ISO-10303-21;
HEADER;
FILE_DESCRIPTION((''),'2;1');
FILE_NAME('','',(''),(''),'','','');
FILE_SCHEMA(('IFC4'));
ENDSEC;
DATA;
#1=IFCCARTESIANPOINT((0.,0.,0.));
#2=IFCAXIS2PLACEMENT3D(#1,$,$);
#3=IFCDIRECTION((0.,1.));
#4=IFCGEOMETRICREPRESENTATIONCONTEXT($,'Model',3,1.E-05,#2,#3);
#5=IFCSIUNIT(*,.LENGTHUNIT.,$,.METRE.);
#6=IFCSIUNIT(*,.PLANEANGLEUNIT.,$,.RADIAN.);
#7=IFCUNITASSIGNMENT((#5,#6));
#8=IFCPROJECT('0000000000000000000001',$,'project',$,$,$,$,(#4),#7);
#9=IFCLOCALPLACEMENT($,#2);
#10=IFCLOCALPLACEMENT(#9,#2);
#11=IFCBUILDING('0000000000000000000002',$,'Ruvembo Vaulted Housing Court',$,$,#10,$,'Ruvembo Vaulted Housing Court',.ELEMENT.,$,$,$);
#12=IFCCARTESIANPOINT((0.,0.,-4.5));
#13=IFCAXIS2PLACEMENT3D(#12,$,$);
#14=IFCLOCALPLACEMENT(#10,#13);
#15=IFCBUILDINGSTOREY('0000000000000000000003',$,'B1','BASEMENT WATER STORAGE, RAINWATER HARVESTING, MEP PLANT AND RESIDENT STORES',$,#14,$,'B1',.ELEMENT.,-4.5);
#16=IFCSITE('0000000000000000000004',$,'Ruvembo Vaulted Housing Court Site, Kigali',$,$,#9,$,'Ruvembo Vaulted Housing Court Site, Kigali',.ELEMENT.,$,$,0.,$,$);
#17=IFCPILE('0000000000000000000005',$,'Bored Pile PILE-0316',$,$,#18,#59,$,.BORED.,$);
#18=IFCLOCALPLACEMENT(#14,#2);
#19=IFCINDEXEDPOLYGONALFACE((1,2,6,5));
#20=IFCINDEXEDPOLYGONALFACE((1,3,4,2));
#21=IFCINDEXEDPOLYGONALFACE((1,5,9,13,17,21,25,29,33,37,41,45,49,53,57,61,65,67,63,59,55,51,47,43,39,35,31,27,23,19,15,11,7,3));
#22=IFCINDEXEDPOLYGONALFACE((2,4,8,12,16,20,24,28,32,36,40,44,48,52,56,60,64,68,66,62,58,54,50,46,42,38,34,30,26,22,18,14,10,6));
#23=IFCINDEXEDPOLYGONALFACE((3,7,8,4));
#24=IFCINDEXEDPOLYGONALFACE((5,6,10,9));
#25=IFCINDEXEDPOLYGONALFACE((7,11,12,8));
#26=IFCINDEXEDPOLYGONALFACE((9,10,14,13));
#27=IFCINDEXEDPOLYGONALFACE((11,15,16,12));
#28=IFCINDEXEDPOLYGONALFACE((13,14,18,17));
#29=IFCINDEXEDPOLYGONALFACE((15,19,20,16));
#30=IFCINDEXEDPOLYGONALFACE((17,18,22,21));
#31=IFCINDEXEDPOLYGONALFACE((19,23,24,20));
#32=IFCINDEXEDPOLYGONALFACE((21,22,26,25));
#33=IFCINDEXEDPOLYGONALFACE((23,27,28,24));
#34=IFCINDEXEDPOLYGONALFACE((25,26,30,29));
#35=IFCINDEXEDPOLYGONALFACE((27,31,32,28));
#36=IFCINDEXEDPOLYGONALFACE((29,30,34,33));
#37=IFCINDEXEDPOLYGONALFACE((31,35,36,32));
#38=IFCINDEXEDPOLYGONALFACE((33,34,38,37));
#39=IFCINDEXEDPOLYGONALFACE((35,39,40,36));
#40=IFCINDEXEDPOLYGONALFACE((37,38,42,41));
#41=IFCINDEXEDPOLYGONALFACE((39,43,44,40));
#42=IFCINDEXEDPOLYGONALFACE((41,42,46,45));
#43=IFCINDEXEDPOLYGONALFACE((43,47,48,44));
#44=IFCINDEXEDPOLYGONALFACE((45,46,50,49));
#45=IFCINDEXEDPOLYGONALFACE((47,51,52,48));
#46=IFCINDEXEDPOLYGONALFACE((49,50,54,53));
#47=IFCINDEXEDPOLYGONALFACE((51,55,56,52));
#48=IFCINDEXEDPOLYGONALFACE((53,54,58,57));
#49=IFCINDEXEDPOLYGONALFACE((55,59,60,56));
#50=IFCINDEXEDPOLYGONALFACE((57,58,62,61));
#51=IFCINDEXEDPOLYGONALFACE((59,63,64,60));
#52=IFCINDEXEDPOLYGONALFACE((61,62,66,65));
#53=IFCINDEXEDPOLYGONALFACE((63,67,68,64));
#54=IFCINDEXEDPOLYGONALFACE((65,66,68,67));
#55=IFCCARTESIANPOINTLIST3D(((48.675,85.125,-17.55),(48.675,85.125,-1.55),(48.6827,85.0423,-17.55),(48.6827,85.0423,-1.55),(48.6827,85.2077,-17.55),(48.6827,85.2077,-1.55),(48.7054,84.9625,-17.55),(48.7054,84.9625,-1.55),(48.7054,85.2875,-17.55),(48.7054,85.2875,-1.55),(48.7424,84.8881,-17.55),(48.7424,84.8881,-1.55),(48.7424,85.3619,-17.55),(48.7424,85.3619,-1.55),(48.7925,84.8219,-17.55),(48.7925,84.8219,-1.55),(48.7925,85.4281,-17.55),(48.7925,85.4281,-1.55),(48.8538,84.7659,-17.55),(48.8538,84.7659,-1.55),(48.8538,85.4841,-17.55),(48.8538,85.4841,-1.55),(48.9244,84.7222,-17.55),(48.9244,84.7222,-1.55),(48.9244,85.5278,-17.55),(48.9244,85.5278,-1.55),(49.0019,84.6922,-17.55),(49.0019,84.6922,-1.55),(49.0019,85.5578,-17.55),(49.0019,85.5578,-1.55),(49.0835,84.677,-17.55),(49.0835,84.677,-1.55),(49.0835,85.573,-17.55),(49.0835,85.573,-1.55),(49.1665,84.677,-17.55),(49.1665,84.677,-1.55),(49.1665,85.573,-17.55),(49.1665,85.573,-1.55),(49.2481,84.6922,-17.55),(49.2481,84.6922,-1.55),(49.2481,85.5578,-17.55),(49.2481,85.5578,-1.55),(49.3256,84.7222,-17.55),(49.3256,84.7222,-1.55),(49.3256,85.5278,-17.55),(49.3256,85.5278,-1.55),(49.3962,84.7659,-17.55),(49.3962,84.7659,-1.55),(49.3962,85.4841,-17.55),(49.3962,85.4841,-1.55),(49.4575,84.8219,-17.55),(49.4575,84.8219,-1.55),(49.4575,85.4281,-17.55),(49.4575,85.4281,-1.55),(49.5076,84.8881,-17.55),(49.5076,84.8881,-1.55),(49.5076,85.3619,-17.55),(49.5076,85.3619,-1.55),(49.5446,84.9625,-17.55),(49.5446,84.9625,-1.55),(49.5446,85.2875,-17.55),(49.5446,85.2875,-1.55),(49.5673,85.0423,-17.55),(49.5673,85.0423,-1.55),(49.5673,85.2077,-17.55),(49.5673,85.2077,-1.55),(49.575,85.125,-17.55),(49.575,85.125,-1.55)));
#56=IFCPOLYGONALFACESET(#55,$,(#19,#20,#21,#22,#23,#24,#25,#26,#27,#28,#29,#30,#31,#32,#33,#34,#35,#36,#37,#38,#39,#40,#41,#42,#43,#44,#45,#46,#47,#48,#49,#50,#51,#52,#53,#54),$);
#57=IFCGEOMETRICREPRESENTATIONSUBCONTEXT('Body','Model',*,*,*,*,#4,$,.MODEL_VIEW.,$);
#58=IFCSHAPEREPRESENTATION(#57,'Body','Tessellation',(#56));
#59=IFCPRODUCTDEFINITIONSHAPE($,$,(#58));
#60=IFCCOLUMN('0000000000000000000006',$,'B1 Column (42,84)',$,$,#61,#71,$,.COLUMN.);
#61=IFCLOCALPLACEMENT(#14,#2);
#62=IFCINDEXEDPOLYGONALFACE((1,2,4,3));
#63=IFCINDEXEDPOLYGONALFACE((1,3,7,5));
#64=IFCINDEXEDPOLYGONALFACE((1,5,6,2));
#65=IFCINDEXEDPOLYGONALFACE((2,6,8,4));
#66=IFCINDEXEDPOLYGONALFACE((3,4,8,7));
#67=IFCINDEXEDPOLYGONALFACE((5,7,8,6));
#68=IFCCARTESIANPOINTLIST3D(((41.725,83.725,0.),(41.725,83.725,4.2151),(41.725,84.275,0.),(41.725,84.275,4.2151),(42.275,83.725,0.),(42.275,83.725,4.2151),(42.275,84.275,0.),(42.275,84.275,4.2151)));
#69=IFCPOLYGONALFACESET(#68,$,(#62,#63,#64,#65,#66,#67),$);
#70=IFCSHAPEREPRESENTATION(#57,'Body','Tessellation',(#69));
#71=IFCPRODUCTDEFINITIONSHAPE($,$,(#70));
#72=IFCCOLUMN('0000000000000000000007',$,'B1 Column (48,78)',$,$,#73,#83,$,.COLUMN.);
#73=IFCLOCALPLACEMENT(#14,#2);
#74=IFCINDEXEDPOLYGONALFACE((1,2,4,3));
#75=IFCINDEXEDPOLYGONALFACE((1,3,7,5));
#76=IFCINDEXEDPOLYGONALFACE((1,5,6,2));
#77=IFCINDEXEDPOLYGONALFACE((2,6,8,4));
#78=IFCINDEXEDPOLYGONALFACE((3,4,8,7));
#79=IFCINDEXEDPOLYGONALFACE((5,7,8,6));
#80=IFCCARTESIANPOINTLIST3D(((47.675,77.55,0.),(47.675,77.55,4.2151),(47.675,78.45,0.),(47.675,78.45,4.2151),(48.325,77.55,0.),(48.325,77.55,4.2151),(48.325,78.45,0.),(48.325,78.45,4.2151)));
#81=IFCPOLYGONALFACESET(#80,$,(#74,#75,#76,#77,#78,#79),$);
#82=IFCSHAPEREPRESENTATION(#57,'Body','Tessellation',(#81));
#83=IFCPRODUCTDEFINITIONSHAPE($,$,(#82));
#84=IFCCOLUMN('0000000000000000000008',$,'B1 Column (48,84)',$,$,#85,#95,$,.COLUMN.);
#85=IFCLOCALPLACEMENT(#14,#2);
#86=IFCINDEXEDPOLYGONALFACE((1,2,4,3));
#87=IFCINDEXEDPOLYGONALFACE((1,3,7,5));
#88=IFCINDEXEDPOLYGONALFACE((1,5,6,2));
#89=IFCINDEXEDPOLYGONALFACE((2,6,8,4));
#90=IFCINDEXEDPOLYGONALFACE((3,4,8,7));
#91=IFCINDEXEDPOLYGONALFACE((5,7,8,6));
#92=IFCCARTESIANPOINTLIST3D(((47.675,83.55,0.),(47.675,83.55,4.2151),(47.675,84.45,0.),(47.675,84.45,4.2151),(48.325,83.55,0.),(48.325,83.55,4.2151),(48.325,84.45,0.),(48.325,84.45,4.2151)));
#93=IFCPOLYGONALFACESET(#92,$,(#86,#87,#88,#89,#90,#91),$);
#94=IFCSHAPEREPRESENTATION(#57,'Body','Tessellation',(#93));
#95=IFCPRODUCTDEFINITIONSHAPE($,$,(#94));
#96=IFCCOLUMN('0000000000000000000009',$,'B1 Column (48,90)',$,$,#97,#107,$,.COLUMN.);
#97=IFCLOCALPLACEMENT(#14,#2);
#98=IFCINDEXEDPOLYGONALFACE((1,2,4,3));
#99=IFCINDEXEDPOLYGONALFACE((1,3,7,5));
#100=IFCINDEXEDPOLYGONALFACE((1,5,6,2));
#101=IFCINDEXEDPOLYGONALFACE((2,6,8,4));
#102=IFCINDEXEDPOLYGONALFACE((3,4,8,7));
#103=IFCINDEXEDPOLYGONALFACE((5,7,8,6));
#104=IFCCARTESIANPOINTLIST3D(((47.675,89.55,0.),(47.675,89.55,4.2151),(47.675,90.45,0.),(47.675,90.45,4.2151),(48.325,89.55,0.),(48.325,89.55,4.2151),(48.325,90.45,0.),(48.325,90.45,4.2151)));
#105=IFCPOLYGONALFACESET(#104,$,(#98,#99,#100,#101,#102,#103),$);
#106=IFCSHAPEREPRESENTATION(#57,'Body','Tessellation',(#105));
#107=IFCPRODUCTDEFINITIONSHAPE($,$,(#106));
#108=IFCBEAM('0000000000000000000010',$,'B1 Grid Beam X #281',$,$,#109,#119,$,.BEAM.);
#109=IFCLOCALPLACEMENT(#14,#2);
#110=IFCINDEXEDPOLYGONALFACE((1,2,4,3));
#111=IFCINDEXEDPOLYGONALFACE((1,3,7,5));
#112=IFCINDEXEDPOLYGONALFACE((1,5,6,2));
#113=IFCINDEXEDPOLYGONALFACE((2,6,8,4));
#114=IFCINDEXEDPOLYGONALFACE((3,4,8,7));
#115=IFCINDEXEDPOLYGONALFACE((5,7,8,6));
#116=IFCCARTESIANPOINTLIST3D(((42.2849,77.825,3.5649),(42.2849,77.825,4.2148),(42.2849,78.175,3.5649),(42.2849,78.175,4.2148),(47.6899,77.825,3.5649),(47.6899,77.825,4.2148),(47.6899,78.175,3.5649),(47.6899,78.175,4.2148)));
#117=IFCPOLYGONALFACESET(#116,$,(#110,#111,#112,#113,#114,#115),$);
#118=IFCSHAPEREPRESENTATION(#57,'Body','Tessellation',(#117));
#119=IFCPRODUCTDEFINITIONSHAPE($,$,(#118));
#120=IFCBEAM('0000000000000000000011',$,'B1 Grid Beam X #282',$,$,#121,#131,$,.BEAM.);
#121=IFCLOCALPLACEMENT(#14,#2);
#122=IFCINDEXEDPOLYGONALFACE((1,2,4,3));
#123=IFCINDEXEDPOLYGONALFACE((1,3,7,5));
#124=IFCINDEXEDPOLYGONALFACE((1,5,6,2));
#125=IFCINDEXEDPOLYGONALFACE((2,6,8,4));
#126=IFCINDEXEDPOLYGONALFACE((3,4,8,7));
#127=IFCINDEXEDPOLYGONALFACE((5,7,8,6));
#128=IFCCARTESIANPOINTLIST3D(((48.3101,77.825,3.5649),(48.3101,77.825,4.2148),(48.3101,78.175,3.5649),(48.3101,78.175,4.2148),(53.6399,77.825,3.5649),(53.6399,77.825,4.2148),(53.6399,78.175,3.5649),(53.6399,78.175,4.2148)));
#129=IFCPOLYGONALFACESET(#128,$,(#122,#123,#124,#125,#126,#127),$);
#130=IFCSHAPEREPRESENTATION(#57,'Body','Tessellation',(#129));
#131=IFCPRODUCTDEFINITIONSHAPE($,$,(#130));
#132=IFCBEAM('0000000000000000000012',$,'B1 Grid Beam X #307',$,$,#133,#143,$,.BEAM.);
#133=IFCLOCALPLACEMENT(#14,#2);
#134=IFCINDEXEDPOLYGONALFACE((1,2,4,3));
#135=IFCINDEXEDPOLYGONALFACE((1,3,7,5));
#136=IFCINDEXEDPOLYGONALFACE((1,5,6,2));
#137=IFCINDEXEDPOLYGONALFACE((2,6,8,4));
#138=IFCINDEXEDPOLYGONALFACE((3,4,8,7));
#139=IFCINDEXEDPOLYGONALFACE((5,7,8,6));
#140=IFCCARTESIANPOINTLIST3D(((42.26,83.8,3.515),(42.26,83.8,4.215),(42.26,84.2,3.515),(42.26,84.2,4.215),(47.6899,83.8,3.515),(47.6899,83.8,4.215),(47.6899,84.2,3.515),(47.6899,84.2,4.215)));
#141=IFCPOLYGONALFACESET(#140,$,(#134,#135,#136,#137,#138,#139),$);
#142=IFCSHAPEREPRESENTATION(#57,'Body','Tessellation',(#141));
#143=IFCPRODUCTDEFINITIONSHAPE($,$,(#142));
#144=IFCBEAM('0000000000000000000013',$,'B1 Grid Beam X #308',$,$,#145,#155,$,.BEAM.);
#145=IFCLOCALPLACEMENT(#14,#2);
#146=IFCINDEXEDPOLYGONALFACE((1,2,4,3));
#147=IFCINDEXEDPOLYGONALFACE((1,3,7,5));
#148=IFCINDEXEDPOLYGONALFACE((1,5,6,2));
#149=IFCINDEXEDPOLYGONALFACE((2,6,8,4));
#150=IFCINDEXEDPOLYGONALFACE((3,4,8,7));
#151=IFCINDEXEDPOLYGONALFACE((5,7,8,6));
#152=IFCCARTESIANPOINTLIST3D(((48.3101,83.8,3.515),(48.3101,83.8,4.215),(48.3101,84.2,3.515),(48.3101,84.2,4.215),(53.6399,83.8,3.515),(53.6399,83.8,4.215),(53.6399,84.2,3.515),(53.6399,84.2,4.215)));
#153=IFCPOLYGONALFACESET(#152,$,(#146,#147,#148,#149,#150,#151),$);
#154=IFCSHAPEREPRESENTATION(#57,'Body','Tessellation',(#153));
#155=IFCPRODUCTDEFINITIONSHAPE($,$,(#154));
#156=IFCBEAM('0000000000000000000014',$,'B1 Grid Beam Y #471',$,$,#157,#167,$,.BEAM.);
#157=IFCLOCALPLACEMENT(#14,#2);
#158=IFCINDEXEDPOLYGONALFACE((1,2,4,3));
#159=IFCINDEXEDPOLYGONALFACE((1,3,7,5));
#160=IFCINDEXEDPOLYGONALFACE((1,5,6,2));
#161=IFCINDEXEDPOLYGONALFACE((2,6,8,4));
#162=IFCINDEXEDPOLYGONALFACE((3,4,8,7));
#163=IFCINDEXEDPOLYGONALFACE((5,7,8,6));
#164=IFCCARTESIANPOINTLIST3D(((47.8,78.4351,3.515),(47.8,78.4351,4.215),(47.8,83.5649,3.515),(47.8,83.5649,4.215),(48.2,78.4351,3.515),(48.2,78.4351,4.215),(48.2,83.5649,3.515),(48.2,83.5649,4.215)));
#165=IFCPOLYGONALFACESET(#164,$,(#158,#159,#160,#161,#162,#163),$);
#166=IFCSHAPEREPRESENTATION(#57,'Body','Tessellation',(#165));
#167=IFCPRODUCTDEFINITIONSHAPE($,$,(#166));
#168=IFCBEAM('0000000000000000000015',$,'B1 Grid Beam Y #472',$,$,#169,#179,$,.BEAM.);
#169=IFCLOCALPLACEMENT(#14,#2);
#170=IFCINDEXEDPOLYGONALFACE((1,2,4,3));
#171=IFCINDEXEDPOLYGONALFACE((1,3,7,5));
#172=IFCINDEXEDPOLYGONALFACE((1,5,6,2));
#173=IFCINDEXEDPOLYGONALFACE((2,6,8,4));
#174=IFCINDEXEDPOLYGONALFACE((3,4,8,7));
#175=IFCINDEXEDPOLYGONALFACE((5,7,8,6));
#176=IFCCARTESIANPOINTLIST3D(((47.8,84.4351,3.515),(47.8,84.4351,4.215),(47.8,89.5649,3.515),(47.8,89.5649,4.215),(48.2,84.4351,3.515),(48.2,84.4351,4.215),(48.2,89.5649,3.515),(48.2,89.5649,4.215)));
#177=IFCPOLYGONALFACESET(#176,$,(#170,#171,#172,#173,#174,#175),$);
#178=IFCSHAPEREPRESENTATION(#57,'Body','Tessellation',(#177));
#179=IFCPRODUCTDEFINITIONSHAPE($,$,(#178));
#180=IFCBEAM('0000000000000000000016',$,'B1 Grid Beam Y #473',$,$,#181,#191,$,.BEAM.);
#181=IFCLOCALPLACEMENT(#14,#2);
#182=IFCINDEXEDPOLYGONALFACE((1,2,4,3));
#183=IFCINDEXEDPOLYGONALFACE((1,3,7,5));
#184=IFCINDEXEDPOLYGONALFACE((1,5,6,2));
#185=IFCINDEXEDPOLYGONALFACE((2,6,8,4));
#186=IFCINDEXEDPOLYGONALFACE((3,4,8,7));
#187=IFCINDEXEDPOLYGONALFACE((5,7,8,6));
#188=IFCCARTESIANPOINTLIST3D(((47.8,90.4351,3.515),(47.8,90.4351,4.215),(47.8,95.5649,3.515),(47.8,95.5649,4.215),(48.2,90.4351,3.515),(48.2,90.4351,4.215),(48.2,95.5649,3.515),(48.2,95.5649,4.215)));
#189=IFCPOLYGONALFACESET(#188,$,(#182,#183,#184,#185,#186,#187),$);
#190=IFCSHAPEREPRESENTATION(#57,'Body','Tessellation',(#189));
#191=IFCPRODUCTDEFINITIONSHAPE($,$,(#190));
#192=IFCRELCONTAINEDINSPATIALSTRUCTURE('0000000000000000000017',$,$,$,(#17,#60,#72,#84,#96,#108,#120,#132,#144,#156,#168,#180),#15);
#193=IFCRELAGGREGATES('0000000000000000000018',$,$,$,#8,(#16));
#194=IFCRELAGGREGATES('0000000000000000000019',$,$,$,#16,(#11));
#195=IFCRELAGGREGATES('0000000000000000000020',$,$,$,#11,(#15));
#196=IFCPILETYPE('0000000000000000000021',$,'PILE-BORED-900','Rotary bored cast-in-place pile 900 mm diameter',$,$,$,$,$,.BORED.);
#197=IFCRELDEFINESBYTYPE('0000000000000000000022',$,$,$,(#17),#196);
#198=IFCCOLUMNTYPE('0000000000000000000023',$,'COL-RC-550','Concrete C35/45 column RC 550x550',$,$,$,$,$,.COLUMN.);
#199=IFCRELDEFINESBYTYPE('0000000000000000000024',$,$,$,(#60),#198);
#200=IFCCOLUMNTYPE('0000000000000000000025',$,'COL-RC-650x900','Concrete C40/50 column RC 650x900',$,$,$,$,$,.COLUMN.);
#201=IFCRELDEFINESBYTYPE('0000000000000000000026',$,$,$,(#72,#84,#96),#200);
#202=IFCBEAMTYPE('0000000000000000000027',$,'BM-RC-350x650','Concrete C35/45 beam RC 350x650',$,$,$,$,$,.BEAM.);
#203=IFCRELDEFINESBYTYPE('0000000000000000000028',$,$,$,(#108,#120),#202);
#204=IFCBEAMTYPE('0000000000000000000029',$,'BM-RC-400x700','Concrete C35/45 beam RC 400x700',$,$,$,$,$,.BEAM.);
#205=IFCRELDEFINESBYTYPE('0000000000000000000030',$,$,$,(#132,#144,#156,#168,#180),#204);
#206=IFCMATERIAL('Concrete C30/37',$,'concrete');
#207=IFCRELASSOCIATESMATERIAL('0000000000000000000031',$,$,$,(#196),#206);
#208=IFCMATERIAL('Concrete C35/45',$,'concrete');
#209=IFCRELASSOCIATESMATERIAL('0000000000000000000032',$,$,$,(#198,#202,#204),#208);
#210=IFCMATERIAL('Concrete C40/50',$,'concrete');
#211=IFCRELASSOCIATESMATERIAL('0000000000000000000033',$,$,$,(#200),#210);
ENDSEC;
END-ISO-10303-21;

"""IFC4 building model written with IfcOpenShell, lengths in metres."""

from ifc_helpers import new_model, si_unit, direction, frame, origin, origin_2d, place, context, subcontext, project, spatial, rectangle, circle, extrude, material, material_profile, profile_set, type_object, element, save


model = new_model("IFC4")

# Units and contexts
model_context = context("Model", 3, precision=1e-05, world=origin(), true_north=direction((0.0, 1.0)))
body_context = subcontext(model_context, "Body", "Model", "MODEL_VIEW")
ifc_project = project(units=[si_unit("LENGTHUNIT", "METRE"), si_unit("PLANEANGLEUNIT", "RADIAN")], contexts=[model_context])

# Site, building, storey
site_placement = place(None, origin())
site = spatial("IfcSite", under=ifc_project, at=site_placement, Name="Ruvembo Vaulted Housing Court Site, Kigali", LongName="Ruvembo Vaulted Housing Court Site, Kigali", CompositionType="ELEMENT", RefElevation=0.0)
building_placement = place(site_placement, origin())
building = spatial("IfcBuilding", under=site, at=building_placement, Name="Ruvembo Vaulted Housing Court", LongName="Ruvembo Vaulted Housing Court", CompositionType="ELEMENT")
storey_placement = place(building_placement, frame((0.0, 0.0, -4.5)))
storey = spatial("IfcBuildingStorey", under=building, at=storey_placement, Name="B1", Description="BASEMENT WATER STORAGE, RAINWATER HARVESTING, MEP PLANT AND RESIDENT STORES", LongName="B1", CompositionType="ELEMENT", Elevation=-4.5)

# Shared definitions
ifc_material_1 = material(Name="Concrete C35/45", Category="concrete")

# Pile
ifc_material_2 = material(Name="Concrete C30/37", Category="concrete")
ifc_material_profile_1 = material_profile(ifc_material_2, circle(Radius=0.45, at=origin_2d()), Name="PILE D900")
ifc_profile_set_1 = profile_set([ifc_material_profile_1], Name="Concrete C30/37")
pile_type_1 = type_object("IfcPileType", Name="PILE-BORED-900", Description="Rotary bored cast-in-place pile 900 mm diameter", PredefinedType="BORED", material=ifc_profile_set_1)
for number, where, z_axis, x_axis, name in (
    (1, (49.125, 85.125, -1.55), (0.0, 0.0, -1.0), (1.0, 0.0, 0.0), "Bored Pile PILE-0316"),
):
    element("IfcPile", number, at=place(storey_placement, frame(where, z_axis=z_axis, x_axis=x_axis)), inside=storey, type_object=pile_type_1, Name=name, PredefinedType="BORED", context=body_context, shape_type="SweptSolid", body=[
        extrude(circle(Radius=0.45, at=origin_2d()), origin(), (0.0, 0.0, 1.0), 16.0),
    ])

# Columns
ifc_material_profile_2 = material_profile(ifc_material_1, rectangle(XDim=0.55, YDim=0.55, at=origin_2d()), Name="RC 550x550")
ifc_profile_set_2 = profile_set([ifc_material_profile_2], Name="Concrete C35/45")
column_type_1 = type_object("IfcColumnType", Name="COL-RC-550", Description="Concrete C35/45 column RC 550x550", PredefinedType="COLUMN", material=ifc_profile_set_2)
column_placement = place(storey_placement, frame((42.0, 84.0, 0.0), z_axis=(0.0, 0.0, 1.0), x_axis=(1.0, 0.0, 0.0)))
element("IfcColumn", 2, at=column_placement, inside=storey, type_object=column_type_1, Name="B1 Column (42,84)", PredefinedType="COLUMN", context=body_context, shape_type="SweptSolid", body=[
    extrude(rectangle(XDim=0.55, YDim=0.55, at=origin_2d()), origin(), (0.0, 0.0, 1.0), 4.2151),
])
ifc_material_3 = material(Name="Concrete C40/50", Category="concrete")
ifc_material_profile_3 = material_profile(ifc_material_3, rectangle(XDim=0.6499, YDim=0.8999, at=origin_2d()), Name="RC 650x900")
ifc_profile_set_3 = profile_set([ifc_material_profile_3], Name="Concrete C40/50")
column_type_2 = type_object("IfcColumnType", Name="COL-RC-650x900", Description="Concrete C40/50 column RC 650x900", PredefinedType="COLUMN", material=ifc_profile_set_3)
for number, where, z_axis, x_axis, name in (
    (3, (48.0, 78.0, 0.0), (0.0, 0.0, 1.0), (1.0, 0.0, 0.0), "B1 Column (48,78)"),
    (4, (48.0, 84.0, 0.0), (0.0, 0.0, 1.0), (1.0, 0.0, 0.0), "B1 Column (48,84)"),
    (5, (48.0, 90.0, 0.0), (0.0, 0.0, 1.0), (1.0, 0.0, 0.0), "B1 Column (48,90)"),
):
    element("IfcColumn", number, at=place(storey_placement, frame(where, z_axis=z_axis, x_axis=x_axis)), inside=storey, type_object=column_type_2, Name=name, PredefinedType="COLUMN", context=body_context, shape_type="SweptSolid", body=[
        extrude(rectangle(XDim=0.6499, YDim=0.8999, at=origin_2d()), origin(), (0.0, 0.0, 1.0), 4.2151),
    ])

# Beams
ifc_material_profile_4 = material_profile(ifc_material_1, rectangle(XDim=0.3501, YDim=0.6499, at=origin_2d()), Name="RC 350x650")
ifc_profile_set_4 = profile_set([ifc_material_profile_4], Name="Concrete C35/45")
beam_type_1 = type_object("IfcBeamType", Name="BM-RC-350x650", Description="Concrete C35/45 beam RC 350x650", PredefinedType="BEAM", material=ifc_profile_set_4)
beam_1_placement = place(storey_placement, frame((42.2849, 78.0, 3.8899), z_axis=(1.0, 0.0, 0.0), x_axis=(0.0, 1.0, 0.0)))
element("IfcBeam", 6, at=beam_1_placement, inside=storey, type_object=beam_type_1, Name="B1 Grid Beam X #281", PredefinedType="BEAM", context=body_context, shape_type="SweptSolid", body=[
    extrude(rectangle(XDim=0.3501, YDim=0.6499, at=origin_2d()), origin(), (0.0, 0.0, 1.0), 5.405),
])
beam_2_placement = place(storey_placement, frame((48.3101, 78.0, 3.8899), z_axis=(1.0, 0.0, 0.0), x_axis=(0.0, 1.0, 0.0)))
element("IfcBeam", 7, at=beam_2_placement, inside=storey, type_object=beam_type_1, Name="B1 Grid Beam X #282", PredefinedType="BEAM", context=body_context, shape_type="SweptSolid", body=[
    extrude(rectangle(XDim=0.3501, YDim=0.6499, at=origin_2d()), origin(), (0.0, 0.0, 1.0), 5.3298),
])
ifc_material_profile_5 = material_profile(ifc_material_1, rectangle(XDim=0.3999, YDim=0.7, at=origin_2d()), Name="RC 400x700")
ifc_profile_set_5 = profile_set([ifc_material_profile_5], Name="Concrete C35/45")
beam_type_2 = type_object("IfcBeamType", Name="BM-RC-400x700", Description="Concrete C35/45 beam RC 400x700", PredefinedType="BEAM", material=ifc_profile_set_5)
beam_3_placement = place(storey_placement, frame((42.26, 84.0, 3.865), z_axis=(1.0, 0.0, 0.0), x_axis=(0.0, 1.0, 0.0)))
element("IfcBeam", 8, at=beam_3_placement, inside=storey, type_object=beam_type_2, Name="B1 Grid Beam X #307", PredefinedType="BEAM", context=body_context, shape_type="SweptSolid", body=[
    extrude(rectangle(XDim=0.3999, YDim=0.7, at=origin_2d()), origin(), (0.0, 0.0, 1.0), 5.4299),
])
beam_4_placement = place(storey_placement, frame((48.3101, 84.0, 3.865), z_axis=(1.0, 0.0, 0.0), x_axis=(0.0, 1.0, 0.0)))
element("IfcBeam", 9, at=beam_4_placement, inside=storey, type_object=beam_type_2, Name="B1 Grid Beam X #308", PredefinedType="BEAM", context=body_context, shape_type="SweptSolid", body=[
    extrude(rectangle(XDim=0.3999, YDim=0.7, at=origin_2d()), origin(), (0.0, 0.0, 1.0), 5.3298),
])
for number, where, z_axis, x_axis, name in (
    (10, (48.0, 78.4351, 3.865), (0.0, 1.0, 0.0), (-1.0, 0.0, 0.0), "B1 Grid Beam Y #471"),
    (11, (48.0, 84.4351, 3.865), (0.0, 1.0, 0.0), (-1.0, 0.0, 0.0), "B1 Grid Beam Y #472"),
    (12, (48.0, 90.4351, 3.865), (0.0, 1.0, 0.0), (-1.0, 0.0, 0.0), "B1 Grid Beam Y #473"),
):
    element("IfcBeam", number, at=place(storey_placement, frame(where, z_axis=z_axis, x_axis=x_axis)), inside=storey, type_object=beam_type_2, Name=name, PredefinedType="BEAM", context=body_context, shape_type="SweptSolid", body=[
        extrude(rectangle(XDim=0.3999, YDim=0.7, at=origin_2d()), origin(), (0.0, 0.0, 1.0), 5.1299),
    ])

save(model, "model.ifc")
